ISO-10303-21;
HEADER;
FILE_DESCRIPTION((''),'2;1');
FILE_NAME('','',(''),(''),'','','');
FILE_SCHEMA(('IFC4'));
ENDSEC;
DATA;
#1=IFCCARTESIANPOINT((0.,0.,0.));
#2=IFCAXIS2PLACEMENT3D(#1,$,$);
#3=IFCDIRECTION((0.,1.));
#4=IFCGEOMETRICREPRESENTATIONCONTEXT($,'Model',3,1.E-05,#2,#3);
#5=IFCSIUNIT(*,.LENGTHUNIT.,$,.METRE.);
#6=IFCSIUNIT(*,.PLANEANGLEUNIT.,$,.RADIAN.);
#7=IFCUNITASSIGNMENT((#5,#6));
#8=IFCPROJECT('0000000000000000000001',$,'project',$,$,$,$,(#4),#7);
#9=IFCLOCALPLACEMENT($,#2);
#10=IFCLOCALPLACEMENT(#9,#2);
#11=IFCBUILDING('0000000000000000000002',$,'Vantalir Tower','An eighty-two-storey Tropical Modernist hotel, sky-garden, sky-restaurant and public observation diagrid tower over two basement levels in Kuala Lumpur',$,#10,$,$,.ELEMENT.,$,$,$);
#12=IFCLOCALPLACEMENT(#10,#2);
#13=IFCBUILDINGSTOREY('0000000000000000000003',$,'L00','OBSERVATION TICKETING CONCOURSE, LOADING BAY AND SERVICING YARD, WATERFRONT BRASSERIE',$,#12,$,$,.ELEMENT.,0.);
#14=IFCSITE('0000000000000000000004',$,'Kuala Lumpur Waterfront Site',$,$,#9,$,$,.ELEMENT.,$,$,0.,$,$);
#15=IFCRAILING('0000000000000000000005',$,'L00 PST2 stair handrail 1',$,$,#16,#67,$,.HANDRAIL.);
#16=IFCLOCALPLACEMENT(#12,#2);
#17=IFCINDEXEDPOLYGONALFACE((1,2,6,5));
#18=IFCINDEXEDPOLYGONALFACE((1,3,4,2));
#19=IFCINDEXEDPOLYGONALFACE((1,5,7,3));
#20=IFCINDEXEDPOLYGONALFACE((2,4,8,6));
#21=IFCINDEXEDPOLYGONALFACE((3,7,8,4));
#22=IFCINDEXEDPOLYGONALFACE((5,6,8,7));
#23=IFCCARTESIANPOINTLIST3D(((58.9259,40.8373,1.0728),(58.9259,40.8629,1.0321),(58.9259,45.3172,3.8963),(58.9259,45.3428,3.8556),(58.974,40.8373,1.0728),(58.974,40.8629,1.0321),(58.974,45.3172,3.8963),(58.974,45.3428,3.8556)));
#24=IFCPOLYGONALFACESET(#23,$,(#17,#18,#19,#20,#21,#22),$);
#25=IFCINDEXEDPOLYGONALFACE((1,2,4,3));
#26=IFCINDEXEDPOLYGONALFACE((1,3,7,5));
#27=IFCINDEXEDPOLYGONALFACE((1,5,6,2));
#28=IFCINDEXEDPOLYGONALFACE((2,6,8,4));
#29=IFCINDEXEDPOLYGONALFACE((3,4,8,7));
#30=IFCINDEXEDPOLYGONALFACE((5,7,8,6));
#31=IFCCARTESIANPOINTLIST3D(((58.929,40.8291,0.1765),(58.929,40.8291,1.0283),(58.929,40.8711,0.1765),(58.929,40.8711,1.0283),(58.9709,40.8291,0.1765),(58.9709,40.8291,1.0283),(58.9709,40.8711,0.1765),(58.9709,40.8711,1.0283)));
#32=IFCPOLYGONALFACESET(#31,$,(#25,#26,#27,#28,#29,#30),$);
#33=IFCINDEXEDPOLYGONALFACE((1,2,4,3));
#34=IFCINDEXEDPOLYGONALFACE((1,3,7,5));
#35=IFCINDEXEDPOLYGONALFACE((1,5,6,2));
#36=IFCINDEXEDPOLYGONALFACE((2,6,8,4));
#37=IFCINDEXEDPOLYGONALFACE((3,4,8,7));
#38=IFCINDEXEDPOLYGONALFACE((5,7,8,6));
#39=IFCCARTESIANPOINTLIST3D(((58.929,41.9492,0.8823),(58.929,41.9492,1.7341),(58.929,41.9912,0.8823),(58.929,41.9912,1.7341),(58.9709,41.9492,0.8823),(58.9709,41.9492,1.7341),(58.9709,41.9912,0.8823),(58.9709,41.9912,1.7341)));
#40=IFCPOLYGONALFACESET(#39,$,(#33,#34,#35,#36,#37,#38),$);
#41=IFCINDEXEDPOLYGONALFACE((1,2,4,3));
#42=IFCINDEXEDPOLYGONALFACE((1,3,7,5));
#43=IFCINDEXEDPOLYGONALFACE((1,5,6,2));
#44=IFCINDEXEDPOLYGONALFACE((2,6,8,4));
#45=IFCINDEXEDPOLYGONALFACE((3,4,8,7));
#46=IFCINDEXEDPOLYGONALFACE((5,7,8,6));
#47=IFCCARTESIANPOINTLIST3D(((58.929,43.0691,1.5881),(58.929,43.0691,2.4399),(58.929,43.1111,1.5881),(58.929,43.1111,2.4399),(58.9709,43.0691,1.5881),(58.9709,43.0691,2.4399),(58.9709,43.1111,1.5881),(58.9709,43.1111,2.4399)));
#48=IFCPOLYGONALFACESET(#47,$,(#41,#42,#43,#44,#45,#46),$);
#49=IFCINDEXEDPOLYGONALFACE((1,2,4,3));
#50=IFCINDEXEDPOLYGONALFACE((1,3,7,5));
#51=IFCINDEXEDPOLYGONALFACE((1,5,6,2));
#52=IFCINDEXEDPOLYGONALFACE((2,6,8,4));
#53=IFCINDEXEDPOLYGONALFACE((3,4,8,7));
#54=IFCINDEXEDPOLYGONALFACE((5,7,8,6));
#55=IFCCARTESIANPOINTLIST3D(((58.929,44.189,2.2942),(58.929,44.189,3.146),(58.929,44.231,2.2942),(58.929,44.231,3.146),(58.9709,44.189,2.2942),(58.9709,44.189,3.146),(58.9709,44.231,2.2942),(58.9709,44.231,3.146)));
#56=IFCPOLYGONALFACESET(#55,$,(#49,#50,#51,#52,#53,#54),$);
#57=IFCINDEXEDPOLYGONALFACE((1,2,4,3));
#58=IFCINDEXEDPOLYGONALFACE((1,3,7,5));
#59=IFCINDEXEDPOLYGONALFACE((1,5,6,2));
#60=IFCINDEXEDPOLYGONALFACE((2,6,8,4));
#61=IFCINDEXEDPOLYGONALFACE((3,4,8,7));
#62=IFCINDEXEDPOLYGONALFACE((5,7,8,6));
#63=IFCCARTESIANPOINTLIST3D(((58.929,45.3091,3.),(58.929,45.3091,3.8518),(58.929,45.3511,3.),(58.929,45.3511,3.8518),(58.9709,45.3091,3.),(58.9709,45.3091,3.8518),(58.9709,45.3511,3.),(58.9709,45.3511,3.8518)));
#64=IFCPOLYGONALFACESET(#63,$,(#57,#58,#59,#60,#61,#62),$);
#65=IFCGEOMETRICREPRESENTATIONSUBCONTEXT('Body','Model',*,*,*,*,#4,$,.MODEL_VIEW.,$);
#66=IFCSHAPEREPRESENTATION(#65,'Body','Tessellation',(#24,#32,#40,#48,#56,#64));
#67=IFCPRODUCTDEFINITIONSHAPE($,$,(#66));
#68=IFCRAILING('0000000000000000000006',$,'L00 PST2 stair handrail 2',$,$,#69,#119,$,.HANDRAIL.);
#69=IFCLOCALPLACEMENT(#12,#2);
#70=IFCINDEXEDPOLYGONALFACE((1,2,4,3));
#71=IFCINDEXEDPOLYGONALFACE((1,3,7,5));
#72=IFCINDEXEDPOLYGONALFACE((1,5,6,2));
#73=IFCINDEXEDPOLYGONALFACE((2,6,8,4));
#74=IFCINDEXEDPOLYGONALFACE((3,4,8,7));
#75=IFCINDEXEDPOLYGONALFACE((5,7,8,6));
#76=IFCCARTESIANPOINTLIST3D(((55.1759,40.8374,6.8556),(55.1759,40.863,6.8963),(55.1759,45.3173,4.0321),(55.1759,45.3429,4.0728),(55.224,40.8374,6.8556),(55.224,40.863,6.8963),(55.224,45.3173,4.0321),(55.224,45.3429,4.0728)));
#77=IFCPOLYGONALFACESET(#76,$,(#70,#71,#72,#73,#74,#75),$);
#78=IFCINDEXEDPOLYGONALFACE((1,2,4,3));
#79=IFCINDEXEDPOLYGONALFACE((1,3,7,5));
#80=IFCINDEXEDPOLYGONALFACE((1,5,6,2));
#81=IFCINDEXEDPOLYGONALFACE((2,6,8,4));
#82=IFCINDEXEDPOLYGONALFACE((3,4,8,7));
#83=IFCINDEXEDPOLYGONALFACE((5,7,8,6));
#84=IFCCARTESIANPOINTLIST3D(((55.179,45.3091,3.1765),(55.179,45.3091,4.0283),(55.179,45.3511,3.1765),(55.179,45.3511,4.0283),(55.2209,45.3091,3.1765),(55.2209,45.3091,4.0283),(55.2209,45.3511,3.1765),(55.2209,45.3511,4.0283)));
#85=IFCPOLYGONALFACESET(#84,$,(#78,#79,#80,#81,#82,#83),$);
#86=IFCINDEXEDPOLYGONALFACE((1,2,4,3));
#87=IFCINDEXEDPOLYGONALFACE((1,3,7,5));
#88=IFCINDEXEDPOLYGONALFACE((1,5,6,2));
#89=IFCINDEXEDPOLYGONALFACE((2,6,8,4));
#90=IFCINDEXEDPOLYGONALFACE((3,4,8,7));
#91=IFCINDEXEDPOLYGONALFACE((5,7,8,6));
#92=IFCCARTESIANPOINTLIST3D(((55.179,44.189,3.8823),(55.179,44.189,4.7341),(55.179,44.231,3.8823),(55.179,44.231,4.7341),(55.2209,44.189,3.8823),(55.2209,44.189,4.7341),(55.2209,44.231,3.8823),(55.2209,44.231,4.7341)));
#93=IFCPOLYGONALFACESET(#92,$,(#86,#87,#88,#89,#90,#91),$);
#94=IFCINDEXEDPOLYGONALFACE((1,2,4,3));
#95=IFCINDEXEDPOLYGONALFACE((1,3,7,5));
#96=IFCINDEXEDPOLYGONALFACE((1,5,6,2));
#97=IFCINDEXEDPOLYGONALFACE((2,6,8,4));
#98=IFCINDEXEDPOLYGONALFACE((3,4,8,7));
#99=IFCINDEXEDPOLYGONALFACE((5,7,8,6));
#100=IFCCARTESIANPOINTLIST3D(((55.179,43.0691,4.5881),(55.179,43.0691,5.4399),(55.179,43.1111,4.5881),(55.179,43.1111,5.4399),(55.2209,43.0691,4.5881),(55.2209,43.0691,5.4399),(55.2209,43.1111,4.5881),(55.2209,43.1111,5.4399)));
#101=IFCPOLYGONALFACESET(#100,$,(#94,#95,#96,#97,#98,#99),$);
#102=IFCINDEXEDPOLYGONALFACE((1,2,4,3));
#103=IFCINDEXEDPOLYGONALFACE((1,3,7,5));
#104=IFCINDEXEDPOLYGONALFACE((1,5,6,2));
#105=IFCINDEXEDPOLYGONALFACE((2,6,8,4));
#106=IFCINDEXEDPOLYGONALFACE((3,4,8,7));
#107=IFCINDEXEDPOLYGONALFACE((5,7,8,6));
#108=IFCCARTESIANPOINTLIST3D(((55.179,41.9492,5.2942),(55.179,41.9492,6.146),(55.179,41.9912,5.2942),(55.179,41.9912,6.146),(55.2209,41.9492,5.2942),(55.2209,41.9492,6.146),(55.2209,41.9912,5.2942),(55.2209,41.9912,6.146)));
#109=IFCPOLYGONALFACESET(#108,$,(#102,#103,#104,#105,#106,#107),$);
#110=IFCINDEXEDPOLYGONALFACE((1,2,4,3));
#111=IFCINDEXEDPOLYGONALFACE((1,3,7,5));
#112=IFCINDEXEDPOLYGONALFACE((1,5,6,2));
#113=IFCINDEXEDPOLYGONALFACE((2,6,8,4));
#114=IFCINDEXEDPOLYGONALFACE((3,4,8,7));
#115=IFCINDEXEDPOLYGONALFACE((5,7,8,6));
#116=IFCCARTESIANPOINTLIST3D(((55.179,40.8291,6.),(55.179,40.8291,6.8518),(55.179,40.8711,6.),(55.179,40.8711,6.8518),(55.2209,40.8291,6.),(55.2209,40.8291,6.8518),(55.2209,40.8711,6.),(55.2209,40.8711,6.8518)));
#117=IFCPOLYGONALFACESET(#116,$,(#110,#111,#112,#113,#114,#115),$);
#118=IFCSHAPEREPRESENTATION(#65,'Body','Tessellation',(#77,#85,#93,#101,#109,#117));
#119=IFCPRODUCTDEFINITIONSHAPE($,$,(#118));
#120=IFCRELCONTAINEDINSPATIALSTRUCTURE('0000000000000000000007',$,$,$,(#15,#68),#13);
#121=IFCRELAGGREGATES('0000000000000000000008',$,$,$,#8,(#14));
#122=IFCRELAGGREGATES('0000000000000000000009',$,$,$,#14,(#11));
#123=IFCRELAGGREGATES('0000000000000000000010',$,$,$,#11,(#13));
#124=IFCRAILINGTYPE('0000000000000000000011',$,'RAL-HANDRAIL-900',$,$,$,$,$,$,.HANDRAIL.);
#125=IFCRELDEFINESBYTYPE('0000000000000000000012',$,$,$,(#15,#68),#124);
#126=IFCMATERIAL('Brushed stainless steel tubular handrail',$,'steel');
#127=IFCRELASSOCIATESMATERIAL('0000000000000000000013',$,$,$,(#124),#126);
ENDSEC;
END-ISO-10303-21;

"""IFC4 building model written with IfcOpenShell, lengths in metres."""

from ifc_helpers import new_model, si_unit, direction, frame, origin, origin_2d, place, context, subcontext, project, spatial, rectangle, extrude, material, type_object, element, save


model = new_model("IFC4")

# Units and contexts
model_context = context("Model", 3, precision=1e-05, world=origin(), true_north=direction((0.0, 1.0)))
body_context = subcontext(model_context, "Body", "Model", "MODEL_VIEW")
ifc_project = project(units=[si_unit("LENGTHUNIT", "METRE"), si_unit("PLANEANGLEUNIT", "RADIAN")], contexts=[model_context])

# Site, building, storey
site_placement = place(None, origin())
site = spatial("IfcSite", under=ifc_project, at=site_placement, Name="Kuala Lumpur Waterfront Site", CompositionType="ELEMENT", RefElevation=0.0)
building_placement = place(site_placement, origin())
building = spatial("IfcBuilding", under=site, at=building_placement, Name="Vantalir Tower", Description="An eighty-two-storey Tropical Modernist hotel, sky-garden, sky-restaurant and public observation diagrid tower over two basement levels in Kuala Lumpur", CompositionType="ELEMENT")
storey_placement = place(building_placement, origin())
storey = spatial("IfcBuildingStorey", under=building, at=storey_placement, Name="L00", Description="OBSERVATION TICKETING CONCOURSE, LOADING BAY AND SERVICING YARD, WATERFRONT BRASSERIE", CompositionType="ELEMENT", Elevation=0.0)

# Railings
ifc_material_1 = material(Name="Brushed stainless steel tubular handrail", Category="steel")
railing_type_1 = type_object("IfcRailingType", Name="RAL-HANDRAIL-900", PredefinedType="HANDRAIL", material=ifc_material_1)
railing_1_placement = place(storey_placement, frame((58.95, 40.8501, 0.1765)))
element("IfcRailing", 1, at=railing_1_placement, inside=storey, type_object=railing_type_1, Name="L00 PST2 stair handrail 1", PredefinedType="HANDRAIL", context=body_context, shape_type="SweptSolid", body=[
    extrude(rectangle(XDim=0.0481, YDim=0.0481, at=origin_2d()), frame((0.0, 0.0, 0.876), z_axis=(0.0, 0.845998, 0.533186), x_axis=(-1.0, 0.0, 0.0)), (0.0, 0.0, 1.0), 5.2954),
    extrude(rectangle(XDim=0.042, YDim=0.042, at=origin_2d()), origin(), (0.0, 0.0, 1.0), 0.8518),
    extrude(rectangle(XDim=0.042, YDim=0.042, at=origin_2d()), frame((0.0, 1.1201, 0.7058)), (0.0, 0.0, 1.0), 0.8518),
    extrude(rectangle(XDim=0.042, YDim=0.042, at=origin_2d()), frame((0.0, 2.24, 1.4116)), (0.0, 0.0, 1.0), 0.8518),
    extrude(rectangle(XDim=0.042, YDim=0.042, at=origin_2d()), frame((0.0, 3.3599, 2.1177)), (0.0, 0.0, 1.0), 0.8518),
    extrude(rectangle(XDim=0.042, YDim=0.042, at=origin_2d()), frame((0.0, 4.48, 2.8235)), (0.0, 0.0, 1.0), 0.8518),
])
railing_2_placement = place(storey_placement, frame((55.2, 45.3301, 3.1765)))
element("IfcRailing", 2, at=railing_2_placement, inside=storey, type_object=railing_type_1, Name="L00 PST2 stair handrail 2", PredefinedType="HANDRAIL", context=body_context, shape_type="SweptSolid", body=[
    extrude(rectangle(XDim=0.0481, YDim=0.0481, at=origin_2d()), frame((0.0, 0.0, 0.876), z_axis=(0.0, -0.845998, 0.533186), x_axis=(1.0, 0.0, 0.0)), (0.0, 0.0, 1.0), 5.2954),
    extrude(rectangle(XDim=0.042, YDim=0.042, at=origin_2d()), origin(), (0.0, 0.0, 1.0), 0.8518),
    extrude(rectangle(XDim=0.042, YDim=0.042, at=origin_2d()), frame((0.0, -1.1201, 0.7058)), (0.0, 0.0, 1.0), 0.8518),
    extrude(rectangle(XDim=0.042, YDim=0.042, at=origin_2d()), frame((0.0, -2.24, 1.4116)), (0.0, 0.0, 1.0), 0.8518),
    extrude(rectangle(XDim=0.042, YDim=0.042, at=origin_2d()), frame((0.0, -3.3599, 2.1177)), (0.0, 0.0, 1.0), 0.8518),
    extrude(rectangle(XDim=0.042, YDim=0.042, at=origin_2d()), frame((0.0, -4.48, 2.8235)), (0.0, 0.0, 1.0), 0.8518),
])

save(model, "model.ifc")
